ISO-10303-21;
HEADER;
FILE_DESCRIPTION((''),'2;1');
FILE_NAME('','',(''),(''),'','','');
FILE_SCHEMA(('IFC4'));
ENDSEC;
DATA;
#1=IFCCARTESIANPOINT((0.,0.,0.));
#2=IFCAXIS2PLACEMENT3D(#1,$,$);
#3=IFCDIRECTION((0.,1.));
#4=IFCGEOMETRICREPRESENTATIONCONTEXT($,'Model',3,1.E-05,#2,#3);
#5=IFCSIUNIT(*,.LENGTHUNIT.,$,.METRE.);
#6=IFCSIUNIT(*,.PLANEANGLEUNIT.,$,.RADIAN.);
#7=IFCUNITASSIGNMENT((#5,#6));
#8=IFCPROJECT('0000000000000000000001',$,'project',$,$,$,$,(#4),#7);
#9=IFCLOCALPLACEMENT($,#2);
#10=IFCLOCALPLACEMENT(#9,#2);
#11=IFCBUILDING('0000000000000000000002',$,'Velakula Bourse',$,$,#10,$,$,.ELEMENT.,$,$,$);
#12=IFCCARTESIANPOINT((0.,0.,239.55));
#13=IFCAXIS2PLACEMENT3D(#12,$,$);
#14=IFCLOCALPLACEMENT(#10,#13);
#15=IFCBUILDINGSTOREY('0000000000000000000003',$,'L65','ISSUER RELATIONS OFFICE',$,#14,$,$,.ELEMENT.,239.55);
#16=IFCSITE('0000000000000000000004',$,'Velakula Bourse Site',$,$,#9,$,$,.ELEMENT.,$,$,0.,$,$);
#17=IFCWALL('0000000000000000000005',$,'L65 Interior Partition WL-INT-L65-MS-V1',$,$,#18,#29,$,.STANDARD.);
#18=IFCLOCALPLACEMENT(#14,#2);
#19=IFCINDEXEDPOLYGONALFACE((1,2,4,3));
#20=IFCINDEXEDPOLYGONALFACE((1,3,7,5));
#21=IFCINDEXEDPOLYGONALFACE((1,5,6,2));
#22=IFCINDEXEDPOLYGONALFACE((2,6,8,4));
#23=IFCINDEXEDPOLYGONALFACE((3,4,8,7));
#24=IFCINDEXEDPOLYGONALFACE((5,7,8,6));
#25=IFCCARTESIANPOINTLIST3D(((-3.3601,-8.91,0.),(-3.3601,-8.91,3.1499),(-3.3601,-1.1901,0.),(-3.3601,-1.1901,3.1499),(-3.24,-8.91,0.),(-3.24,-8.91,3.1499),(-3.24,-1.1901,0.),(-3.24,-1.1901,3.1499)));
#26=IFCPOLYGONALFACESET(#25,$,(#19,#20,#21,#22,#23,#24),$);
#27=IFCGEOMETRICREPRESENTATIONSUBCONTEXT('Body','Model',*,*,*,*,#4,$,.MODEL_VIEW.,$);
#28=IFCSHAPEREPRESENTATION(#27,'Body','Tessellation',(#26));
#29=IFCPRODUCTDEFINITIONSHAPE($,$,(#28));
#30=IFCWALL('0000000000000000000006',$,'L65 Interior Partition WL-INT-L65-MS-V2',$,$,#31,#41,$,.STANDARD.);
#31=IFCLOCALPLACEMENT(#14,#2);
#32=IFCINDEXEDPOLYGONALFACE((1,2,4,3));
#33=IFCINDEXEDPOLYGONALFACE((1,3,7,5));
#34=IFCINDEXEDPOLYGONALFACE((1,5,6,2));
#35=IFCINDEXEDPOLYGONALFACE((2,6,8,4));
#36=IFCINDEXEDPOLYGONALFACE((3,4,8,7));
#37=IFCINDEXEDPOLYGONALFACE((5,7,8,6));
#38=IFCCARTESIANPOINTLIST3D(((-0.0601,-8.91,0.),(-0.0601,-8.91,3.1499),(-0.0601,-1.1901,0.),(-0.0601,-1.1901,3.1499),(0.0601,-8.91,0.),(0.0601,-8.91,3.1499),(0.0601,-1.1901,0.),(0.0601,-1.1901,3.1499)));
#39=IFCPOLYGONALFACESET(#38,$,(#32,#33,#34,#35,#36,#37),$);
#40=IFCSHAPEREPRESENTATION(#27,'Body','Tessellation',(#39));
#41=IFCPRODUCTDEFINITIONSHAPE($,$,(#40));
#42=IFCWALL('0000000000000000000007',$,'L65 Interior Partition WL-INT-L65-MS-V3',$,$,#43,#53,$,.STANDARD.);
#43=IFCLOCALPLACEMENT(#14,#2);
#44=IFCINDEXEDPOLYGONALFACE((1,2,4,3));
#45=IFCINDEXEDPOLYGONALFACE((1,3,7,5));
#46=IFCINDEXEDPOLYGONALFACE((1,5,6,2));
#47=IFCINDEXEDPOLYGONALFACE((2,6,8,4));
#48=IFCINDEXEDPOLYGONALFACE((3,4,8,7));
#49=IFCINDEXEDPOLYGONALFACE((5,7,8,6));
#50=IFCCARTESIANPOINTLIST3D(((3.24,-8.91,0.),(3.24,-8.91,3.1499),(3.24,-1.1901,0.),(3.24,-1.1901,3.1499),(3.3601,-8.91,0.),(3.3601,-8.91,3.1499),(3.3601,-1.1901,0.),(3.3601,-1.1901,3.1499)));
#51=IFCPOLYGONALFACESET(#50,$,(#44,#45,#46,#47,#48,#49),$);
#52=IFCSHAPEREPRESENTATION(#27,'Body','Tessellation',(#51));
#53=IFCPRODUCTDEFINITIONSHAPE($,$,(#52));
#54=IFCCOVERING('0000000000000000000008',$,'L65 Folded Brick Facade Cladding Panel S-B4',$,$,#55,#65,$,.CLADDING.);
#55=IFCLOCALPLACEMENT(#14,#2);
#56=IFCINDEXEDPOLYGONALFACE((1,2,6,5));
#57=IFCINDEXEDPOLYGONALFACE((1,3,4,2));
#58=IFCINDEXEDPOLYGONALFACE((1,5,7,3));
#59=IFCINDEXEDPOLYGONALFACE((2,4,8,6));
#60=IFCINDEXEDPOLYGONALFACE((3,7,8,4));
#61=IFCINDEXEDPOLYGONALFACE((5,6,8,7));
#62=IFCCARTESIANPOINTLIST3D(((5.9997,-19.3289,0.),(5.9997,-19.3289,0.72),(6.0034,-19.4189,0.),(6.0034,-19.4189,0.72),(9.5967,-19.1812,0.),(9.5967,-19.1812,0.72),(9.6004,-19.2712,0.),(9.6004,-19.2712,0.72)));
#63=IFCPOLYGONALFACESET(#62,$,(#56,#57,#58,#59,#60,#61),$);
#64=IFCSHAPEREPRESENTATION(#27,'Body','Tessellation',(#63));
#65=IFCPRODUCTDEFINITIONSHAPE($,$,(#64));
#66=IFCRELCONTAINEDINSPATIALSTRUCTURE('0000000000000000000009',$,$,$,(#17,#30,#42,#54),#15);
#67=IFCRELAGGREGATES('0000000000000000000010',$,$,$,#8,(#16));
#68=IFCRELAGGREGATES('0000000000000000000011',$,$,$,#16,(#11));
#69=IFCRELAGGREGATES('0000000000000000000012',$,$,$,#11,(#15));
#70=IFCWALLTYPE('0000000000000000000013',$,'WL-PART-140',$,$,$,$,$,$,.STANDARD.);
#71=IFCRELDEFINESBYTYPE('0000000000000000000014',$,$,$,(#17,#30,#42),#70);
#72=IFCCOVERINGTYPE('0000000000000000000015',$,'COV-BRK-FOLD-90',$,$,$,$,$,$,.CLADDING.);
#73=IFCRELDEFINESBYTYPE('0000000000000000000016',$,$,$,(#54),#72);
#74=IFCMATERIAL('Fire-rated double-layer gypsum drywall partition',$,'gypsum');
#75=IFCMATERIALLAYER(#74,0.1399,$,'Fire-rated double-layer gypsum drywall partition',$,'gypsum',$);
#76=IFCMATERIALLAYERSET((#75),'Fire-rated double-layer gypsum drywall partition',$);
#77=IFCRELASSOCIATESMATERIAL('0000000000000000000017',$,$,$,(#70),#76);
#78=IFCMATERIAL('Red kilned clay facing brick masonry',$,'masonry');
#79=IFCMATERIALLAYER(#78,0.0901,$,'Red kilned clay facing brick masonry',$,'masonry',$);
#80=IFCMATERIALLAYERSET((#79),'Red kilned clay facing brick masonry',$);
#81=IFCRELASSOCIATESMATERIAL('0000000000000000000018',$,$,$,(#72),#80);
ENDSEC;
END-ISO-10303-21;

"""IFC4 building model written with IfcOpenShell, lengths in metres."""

from ifc_helpers import new_model, si_unit, direction, frame, frame_2d, origin, origin_2d, place, context, subcontext, project, spatial, rectangle, extrude, material, layer, layer_set, type_object, element, save


model = new_model("IFC4")

# Units and contexts
model_context = context("Model", 3, precision=1e-05, world=origin(), true_north=direction((0.0, 1.0)))
body_context = subcontext(model_context, "Body", "Model", "MODEL_VIEW")
ifc_project = project(units=[si_unit("LENGTHUNIT", "METRE"), si_unit("PLANEANGLEUNIT", "RADIAN")], contexts=[model_context])

# Site, building, storey
site_placement = place(None, origin())
site = spatial("IfcSite", under=ifc_project, at=site_placement, Name="Velakula Bourse Site", CompositionType="ELEMENT", RefElevation=0.0)
building_placement = place(site_placement, origin())
building = spatial("IfcBuilding", under=site, at=building_placement, Name="Velakula Bourse", CompositionType="ELEMENT")
storey_placement = place(building_placement, frame((0.0, 0.0, 239.55)))
storey = spatial("IfcBuildingStorey", under=building, at=storey_placement, Name="L65", Description="ISSUER RELATIONS OFFICE", CompositionType="ELEMENT", Elevation=239.55)

# Walls
ifc_material_1 = material(Name="Fire-rated double-layer gypsum drywall partition", Category="gypsum")
ifc_layer_1 = layer(ifc_material_1, 0.1399, Name="Fire-rated double-layer gypsum drywall partition", Category="gypsum")
ifc_layer_set_1 = layer_set([ifc_layer_1], Name="Fire-rated double-layer gypsum drywall partition")
wall_type_1 = type_object("IfcWallType", Name="WL-PART-140", PredefinedType="STANDARD", material=ifc_layer_set_1)
for number, where, z_axis, x_axis, name in (
    (1, (-3.3, -8.9099, 0.0), (0.0, 0.0, 1.0), (0.0, 1.0, 0.0), "L65 Interior Partition WL-INT-L65-MS-V1"),
    (2, (0.0, -8.9099, 0.0), (0.0, 0.0, 1.0), (0.0, 1.0, 0.0), "L65 Interior Partition WL-INT-L65-MS-V2"),
    (3, (3.3, -8.9099, 0.0), (0.0, 0.0, 1.0), (0.0, 1.0, 0.0), "L65 Interior Partition WL-INT-L65-MS-V3"),
):
    element("IfcWall", number, at=place(storey_placement, frame(where, z_axis=z_axis, x_axis=x_axis)), inside=storey, type_object=wall_type_1, Name=name, PredefinedType="STANDARD", context=body_context, shape_type="SweptSolid", body=[
        extrude(rectangle(XDim=7.72, YDim=0.1201, at=frame_2d((3.8599, 0.0))), origin(), (0.0, 0.0, 1.0), 3.1499),
    ])

# Covering
ifc_material_2 = material(Name="Red kilned clay facing brick masonry", Category="masonry")
ifc_layer_2 = layer(ifc_material_2, 0.0901, Name="Red kilned clay facing brick masonry", Category="masonry")
ifc_layer_set_2 = layer_set([ifc_layer_2], Name="Red kilned clay facing brick masonry")
covering_type = type_object("IfcCoveringType", Name="COV-BRK-FOLD-90", PredefinedType="CLADDING", material=ifc_layer_set_2)
covering_placement = place(storey_placement, frame((7.8, -19.3, 0.0), z_axis=(0.0, 0.0, 1.0), x_axis=(0.999159, 0.041004, 0.0)))
element("IfcCovering", 4, at=covering_placement, inside=storey, type_object=covering_type, Name="L65 Folded Brick Facade Cladding Panel S-B4", PredefinedType="CLADDING", context=body_context, shape_type="SweptSolid", body=[
    extrude(rectangle(XDim=3.6001, YDim=0.0901, at=origin_2d()), origin(), (0.0, 0.0, 1.0), 0.72),
])

save(model, "model.ifc")
